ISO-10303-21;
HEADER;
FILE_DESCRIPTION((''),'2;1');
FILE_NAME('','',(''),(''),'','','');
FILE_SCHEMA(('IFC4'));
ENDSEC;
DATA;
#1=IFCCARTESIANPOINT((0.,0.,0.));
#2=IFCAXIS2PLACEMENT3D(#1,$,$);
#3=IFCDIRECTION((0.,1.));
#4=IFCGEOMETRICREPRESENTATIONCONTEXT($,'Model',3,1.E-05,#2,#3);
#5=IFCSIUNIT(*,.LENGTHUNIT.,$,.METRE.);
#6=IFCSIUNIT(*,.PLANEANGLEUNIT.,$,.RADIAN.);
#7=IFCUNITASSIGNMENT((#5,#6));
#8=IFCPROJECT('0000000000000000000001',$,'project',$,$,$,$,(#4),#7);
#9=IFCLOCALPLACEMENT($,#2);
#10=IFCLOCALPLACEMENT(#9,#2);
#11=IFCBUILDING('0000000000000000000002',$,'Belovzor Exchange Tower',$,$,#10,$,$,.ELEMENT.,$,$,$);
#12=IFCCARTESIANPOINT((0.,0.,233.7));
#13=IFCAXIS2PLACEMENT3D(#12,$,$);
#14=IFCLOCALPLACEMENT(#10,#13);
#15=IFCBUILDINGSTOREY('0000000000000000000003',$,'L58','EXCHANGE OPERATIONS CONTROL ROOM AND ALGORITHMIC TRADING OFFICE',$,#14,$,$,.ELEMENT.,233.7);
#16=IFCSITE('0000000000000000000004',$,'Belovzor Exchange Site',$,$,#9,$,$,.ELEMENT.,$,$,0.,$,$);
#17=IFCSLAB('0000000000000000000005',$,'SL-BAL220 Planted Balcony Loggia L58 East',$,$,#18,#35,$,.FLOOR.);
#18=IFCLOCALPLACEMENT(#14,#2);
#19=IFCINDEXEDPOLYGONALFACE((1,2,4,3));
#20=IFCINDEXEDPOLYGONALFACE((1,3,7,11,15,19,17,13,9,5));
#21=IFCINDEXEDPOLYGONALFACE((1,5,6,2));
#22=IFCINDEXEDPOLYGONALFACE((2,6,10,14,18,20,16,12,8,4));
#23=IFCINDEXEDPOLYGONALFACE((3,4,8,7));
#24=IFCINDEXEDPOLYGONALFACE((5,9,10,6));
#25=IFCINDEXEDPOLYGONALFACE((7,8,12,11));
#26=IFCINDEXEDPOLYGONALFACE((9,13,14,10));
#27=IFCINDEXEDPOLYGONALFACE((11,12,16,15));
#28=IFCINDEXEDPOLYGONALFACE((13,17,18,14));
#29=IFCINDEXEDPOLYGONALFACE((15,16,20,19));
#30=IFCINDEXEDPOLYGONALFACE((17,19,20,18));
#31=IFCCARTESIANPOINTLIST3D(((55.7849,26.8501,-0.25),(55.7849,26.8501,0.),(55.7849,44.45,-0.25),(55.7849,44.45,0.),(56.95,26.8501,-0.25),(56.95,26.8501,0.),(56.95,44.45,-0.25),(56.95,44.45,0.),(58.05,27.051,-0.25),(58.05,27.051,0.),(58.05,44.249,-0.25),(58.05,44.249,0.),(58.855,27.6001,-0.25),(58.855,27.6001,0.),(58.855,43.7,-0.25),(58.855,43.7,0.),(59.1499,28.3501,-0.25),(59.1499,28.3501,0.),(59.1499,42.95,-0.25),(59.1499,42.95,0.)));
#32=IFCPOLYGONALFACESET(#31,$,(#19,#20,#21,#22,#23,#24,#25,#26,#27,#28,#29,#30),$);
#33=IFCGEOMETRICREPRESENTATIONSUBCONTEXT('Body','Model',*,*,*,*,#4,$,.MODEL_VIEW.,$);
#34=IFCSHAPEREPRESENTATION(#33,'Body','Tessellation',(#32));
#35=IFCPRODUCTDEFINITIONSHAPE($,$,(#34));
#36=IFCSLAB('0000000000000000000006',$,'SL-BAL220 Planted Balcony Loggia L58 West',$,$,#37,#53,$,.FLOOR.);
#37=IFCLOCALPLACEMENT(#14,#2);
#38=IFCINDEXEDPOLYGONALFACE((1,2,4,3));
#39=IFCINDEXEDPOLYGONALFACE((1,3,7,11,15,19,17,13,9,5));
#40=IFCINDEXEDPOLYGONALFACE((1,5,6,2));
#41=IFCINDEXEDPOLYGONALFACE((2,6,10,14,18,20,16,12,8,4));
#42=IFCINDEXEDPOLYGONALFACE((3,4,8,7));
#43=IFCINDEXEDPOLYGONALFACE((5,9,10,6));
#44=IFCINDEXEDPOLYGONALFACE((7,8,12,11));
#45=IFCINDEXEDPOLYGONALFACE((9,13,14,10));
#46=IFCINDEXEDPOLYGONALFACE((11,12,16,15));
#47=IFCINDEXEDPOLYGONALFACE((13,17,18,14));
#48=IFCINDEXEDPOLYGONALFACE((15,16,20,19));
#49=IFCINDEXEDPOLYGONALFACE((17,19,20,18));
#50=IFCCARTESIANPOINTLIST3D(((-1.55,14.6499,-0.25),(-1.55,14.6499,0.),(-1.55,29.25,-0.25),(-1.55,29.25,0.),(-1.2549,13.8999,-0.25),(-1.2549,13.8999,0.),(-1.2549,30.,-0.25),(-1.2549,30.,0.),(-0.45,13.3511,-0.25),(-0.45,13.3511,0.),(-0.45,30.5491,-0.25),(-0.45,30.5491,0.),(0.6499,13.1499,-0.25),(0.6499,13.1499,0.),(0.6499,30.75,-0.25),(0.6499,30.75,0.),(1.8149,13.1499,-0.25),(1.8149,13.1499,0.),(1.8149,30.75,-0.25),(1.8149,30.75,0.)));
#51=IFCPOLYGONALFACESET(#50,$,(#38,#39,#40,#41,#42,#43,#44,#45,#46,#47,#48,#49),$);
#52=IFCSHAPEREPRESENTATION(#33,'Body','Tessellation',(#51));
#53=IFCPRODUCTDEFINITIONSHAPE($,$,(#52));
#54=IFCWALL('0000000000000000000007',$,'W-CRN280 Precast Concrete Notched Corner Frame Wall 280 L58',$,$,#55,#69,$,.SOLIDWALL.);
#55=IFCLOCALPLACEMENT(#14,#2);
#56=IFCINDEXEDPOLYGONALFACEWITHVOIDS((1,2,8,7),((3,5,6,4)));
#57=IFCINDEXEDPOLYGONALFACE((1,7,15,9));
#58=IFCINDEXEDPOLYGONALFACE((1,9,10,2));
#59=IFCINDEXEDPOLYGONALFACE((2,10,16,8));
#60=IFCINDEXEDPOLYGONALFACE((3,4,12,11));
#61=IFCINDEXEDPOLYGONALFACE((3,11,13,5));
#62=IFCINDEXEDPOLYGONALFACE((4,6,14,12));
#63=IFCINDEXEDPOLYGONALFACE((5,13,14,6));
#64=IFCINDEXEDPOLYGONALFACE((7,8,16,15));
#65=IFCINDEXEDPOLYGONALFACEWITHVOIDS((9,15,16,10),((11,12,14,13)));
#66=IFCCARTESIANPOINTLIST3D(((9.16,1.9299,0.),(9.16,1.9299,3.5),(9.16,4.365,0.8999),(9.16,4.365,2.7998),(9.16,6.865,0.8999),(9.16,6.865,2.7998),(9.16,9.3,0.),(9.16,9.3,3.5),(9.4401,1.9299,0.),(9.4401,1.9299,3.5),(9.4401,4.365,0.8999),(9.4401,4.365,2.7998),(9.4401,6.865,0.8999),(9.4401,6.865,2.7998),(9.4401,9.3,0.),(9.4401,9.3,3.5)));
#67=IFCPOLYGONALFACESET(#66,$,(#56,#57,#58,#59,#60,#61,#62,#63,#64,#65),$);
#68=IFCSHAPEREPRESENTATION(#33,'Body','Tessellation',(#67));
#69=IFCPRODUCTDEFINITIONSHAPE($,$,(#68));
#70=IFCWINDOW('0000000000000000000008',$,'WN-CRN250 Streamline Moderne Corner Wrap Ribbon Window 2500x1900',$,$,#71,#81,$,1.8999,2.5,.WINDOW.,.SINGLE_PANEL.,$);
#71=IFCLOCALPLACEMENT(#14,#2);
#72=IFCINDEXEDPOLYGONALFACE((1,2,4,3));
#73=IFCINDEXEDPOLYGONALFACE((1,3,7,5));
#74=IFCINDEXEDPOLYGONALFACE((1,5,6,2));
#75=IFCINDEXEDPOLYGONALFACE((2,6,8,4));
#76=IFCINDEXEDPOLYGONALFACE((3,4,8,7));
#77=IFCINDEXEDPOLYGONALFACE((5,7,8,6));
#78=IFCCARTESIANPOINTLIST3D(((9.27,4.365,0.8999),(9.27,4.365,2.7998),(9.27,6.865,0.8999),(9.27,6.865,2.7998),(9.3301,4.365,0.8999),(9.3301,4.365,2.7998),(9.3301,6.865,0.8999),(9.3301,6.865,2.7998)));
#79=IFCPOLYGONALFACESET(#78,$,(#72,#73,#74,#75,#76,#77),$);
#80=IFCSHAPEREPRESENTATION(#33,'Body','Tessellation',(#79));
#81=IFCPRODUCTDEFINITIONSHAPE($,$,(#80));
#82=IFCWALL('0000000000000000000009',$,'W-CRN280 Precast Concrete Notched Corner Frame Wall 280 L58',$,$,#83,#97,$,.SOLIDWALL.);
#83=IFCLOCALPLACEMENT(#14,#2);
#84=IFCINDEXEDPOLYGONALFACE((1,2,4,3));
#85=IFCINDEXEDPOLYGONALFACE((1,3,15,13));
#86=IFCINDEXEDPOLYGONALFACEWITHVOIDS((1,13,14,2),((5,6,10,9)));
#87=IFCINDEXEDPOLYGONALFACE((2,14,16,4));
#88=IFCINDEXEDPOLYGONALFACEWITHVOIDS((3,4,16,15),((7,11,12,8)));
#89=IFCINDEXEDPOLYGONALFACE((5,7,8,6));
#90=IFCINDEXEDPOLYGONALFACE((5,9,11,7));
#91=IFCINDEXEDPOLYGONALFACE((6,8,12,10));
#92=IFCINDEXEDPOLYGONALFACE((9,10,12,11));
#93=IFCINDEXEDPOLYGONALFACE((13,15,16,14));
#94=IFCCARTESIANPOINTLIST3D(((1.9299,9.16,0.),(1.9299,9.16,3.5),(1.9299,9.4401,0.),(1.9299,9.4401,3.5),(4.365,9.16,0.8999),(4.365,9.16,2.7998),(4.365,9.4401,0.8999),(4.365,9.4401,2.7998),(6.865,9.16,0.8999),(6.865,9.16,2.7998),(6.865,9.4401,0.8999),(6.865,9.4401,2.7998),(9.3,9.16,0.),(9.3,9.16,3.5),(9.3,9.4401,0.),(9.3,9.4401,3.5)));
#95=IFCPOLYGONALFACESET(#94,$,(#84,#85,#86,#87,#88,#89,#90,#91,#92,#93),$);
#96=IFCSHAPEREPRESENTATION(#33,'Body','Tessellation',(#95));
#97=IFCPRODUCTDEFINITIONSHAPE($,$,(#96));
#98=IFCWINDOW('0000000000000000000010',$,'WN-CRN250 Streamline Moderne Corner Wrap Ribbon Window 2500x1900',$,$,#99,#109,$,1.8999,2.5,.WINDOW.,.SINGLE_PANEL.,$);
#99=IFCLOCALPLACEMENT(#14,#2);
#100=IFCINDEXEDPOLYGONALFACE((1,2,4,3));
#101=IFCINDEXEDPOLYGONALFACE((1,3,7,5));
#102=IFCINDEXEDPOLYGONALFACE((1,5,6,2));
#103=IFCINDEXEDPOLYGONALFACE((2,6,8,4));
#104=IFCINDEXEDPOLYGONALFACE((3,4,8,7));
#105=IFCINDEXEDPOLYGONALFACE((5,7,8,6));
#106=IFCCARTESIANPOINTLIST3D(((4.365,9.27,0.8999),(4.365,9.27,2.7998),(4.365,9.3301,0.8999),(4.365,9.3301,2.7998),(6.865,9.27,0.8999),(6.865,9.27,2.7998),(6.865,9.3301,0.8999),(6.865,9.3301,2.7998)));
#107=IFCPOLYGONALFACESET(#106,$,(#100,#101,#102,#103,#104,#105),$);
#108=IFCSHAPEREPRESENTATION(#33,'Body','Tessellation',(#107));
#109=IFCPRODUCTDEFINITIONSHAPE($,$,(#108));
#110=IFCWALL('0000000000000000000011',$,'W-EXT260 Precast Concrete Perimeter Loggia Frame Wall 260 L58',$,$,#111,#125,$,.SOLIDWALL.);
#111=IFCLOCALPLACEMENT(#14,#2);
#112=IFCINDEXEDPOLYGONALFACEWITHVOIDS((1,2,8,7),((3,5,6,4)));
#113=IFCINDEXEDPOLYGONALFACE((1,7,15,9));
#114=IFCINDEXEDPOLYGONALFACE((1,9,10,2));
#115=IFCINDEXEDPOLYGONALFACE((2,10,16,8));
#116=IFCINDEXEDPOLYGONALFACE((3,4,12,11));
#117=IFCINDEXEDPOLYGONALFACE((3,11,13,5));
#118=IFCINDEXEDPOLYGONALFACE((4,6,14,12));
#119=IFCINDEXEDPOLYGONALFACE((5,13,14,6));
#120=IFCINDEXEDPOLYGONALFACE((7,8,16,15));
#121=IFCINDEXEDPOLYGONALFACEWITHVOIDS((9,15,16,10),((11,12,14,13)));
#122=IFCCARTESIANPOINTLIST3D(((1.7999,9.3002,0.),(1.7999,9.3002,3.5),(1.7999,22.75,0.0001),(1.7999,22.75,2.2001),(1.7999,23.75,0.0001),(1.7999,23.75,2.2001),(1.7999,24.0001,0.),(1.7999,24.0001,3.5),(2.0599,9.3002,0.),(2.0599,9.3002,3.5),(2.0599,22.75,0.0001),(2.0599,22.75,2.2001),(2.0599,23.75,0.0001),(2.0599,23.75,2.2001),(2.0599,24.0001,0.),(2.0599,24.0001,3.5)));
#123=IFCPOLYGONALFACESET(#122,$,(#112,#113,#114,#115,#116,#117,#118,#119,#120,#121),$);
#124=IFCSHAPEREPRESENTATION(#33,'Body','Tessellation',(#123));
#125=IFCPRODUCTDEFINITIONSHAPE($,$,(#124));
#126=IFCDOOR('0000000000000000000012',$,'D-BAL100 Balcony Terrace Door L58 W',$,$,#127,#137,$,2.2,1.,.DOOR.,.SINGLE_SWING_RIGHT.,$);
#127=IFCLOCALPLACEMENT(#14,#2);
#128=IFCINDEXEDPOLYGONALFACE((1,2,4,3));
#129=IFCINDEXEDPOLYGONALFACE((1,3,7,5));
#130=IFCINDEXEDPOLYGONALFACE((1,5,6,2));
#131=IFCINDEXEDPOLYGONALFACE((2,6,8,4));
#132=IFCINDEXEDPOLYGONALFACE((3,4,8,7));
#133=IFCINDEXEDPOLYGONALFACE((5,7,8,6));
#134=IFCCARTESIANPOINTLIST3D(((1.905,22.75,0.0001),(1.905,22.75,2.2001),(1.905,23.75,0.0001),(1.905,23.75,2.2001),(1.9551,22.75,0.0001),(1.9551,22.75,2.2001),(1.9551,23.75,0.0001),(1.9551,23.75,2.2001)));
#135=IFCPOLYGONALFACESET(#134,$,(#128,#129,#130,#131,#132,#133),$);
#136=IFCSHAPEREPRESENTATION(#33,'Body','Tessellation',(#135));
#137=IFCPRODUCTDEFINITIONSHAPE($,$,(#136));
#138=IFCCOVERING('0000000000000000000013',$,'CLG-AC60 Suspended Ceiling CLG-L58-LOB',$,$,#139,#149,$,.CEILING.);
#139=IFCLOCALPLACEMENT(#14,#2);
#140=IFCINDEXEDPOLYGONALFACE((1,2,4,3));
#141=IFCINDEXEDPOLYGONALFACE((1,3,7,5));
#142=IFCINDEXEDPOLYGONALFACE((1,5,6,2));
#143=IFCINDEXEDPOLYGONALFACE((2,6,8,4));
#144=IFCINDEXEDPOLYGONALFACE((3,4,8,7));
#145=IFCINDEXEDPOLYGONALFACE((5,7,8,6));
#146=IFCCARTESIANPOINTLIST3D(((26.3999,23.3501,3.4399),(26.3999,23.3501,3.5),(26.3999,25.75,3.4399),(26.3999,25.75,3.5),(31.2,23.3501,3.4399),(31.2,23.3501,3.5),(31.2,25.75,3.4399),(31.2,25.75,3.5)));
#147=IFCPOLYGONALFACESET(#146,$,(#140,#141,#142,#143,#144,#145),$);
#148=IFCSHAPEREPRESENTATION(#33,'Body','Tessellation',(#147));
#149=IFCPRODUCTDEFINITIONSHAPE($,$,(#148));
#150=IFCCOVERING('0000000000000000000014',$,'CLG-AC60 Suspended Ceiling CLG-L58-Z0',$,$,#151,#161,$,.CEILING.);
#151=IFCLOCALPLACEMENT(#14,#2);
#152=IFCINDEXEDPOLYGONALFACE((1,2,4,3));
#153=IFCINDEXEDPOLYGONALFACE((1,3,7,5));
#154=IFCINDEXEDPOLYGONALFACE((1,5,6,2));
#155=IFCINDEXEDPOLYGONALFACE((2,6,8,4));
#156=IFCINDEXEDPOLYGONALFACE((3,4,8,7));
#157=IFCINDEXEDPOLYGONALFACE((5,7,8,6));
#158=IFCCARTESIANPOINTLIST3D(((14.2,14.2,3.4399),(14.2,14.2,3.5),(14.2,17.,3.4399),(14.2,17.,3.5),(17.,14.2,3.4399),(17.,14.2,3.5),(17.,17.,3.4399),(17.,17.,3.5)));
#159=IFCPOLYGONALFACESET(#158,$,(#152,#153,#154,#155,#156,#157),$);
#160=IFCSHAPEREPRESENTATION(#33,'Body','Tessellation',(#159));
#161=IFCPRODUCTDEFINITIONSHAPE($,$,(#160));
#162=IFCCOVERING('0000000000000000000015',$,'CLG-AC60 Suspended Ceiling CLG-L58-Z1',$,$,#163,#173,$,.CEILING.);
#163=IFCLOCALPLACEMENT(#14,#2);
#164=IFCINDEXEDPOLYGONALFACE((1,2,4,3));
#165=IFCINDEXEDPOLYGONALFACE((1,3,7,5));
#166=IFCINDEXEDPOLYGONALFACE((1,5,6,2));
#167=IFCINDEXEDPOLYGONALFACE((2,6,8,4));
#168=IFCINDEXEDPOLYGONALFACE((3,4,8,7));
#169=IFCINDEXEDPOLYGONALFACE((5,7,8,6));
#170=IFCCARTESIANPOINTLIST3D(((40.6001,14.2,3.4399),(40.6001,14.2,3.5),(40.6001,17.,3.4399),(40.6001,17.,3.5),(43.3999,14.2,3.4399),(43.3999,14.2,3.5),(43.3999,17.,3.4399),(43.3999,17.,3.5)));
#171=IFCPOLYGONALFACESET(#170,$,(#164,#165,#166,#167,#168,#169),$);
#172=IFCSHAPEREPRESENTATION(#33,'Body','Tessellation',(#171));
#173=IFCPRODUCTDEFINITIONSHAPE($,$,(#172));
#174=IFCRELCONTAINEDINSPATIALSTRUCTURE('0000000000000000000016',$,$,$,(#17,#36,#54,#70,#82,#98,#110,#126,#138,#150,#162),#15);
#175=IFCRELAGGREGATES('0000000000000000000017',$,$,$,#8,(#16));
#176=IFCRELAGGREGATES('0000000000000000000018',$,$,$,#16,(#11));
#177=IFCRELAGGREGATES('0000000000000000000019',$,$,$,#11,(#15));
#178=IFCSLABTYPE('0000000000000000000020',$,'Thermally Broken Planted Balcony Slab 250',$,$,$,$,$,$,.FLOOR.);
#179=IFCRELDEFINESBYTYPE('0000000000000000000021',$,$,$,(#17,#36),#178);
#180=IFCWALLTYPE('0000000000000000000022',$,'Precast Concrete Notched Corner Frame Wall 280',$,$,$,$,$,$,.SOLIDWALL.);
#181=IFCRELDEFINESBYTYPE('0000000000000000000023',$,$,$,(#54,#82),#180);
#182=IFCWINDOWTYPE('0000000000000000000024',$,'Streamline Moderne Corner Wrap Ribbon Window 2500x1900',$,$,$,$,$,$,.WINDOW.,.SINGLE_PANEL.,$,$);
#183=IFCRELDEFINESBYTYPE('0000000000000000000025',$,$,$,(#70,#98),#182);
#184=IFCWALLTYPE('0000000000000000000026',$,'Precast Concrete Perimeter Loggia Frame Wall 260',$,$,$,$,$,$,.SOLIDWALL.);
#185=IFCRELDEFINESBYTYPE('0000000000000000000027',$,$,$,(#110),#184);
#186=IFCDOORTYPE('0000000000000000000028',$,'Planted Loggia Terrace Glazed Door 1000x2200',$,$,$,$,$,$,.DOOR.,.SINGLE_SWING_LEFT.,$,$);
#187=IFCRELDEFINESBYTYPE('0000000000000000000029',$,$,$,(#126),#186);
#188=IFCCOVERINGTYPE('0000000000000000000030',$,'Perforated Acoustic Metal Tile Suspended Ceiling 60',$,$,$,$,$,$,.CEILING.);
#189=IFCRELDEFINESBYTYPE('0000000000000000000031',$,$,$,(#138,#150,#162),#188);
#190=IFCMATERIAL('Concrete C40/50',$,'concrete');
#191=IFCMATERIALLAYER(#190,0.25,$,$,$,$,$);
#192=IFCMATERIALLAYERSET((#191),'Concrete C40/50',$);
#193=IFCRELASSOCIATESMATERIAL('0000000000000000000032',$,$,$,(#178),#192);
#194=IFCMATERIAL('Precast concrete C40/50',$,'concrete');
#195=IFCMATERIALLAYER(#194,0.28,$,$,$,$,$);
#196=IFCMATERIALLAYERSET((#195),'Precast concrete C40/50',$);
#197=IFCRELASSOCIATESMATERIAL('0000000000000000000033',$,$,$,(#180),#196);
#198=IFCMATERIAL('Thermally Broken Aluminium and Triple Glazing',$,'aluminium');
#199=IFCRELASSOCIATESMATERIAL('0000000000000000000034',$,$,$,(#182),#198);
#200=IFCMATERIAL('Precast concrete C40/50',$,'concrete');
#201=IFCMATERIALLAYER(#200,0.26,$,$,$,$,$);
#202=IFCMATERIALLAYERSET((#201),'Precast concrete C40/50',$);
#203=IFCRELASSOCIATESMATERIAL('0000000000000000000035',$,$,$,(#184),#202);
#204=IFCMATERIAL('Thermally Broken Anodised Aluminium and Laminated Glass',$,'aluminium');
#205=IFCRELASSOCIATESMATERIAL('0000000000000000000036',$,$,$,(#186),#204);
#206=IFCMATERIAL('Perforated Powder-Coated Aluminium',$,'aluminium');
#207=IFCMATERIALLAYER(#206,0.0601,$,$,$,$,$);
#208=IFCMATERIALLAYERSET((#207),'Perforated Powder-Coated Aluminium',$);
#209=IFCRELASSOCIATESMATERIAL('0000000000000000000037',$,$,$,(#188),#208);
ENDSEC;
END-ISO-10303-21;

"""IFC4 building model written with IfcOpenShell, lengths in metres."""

from ifc_helpers import new_model, si_unit, direction, frame, frame_2d, origin, place, context, subcontext, project, spatial, polyline, rectangle, outline, extrude, material, layer, layer_set, type_object, element, fill, save


model = new_model("IFC4")

# Units and contexts
model_context = context("Model", 3, precision=1e-05, world=origin(), true_north=direction((0.0, 1.0)))
body_context = subcontext(model_context, "Body", "Model", "MODEL_VIEW")
ifc_project = project(units=[si_unit("LENGTHUNIT", "METRE"), si_unit("PLANEANGLEUNIT", "RADIAN")], contexts=[model_context])

# Site, building, storey
site_placement = place(None, origin())
site = spatial("IfcSite", under=ifc_project, at=site_placement, Name="Belovzor Exchange Site", CompositionType="ELEMENT", RefElevation=0.0)
building_placement = place(site_placement, origin())
building = spatial("IfcBuilding", under=site, at=building_placement, Name="Belovzor Exchange Tower", CompositionType="ELEMENT")
storey_placement = place(building_placement, frame((0.0, 0.0, 233.7)))
storey = spatial("IfcBuildingStorey", under=building, at=storey_placement, Name="L58", Description="EXCHANGE OPERATIONS CONTROL ROOM AND ALGORITHMIC TRADING OFFICE", CompositionType="ELEMENT", Elevation=233.7)

# Slabs
ifc_material_1 = material(Name="Concrete C40/50", Category="concrete")
ifc_layer_1 = layer(ifc_material_1, 0.25)
ifc_layer_set_1 = layer_set([ifc_layer_1], Name="Concrete C40/50")
slab_type_1 = type_object("IfcSlabType", Name="Thermally Broken Planted Balcony Slab 250", PredefinedType="FLOOR", material=ifc_layer_set_1)
slab_1_placement = place(storey_placement, frame((0.0, 0.0, -0.25)))
element("IfcSlab", 1, at=slab_1_placement, inside=storey, type_object=slab_type_1, Name="SL-BAL220 Planted Balcony Loggia L58 East", PredefinedType="FLOOR", context=body_context, shape_type="SweptSolid", body=[
    extrude(outline(polyline([(55.7849, 26.8501), (56.95, 26.8501), (58.05, 27.051), (58.855, 27.6001), (59.1499, 28.3501), (59.1499, 42.95), (58.855, 43.7), (58.05, 44.249), (56.95, 44.45), (55.7849, 44.45), (55.7849, 26.8501)])), origin(), (0.0, 0.0, 1.0), 0.25),
])
slab_2_placement = place(storey_placement, frame((0.0, 0.0, -0.25)))
element("IfcSlab", 2, at=slab_2_placement, inside=storey, type_object=slab_type_1, Name="SL-BAL220 Planted Balcony Loggia L58 West", PredefinedType="FLOOR", context=body_context, shape_type="SweptSolid", body=[
    extrude(outline(polyline([(1.8149, 30.75), (0.6499, 30.75), (-0.45, 30.5491), (-1.2549, 30.0), (-1.55, 29.25), (-1.55, 14.6499), (-1.2549, 13.8999), (-0.45, 13.3511), (0.6499, 13.1499), (1.8149, 13.1499), (1.8149, 30.75)])), origin(), (0.0, 0.0, 1.0), 0.25),
])

# Walls, openings, windows
ifc_material_2 = material(Name="Precast concrete C40/50", Category="concrete")
ifc_layer_2 = layer(ifc_material_2, 0.28)
ifc_layer_set_2 = layer_set([ifc_layer_2], Name="Precast concrete C40/50")
wall_type_1 = type_object("IfcWallType", Name="Precast Concrete Notched Corner Frame Wall 280", PredefinedType="SOLIDWALL", material=ifc_layer_set_2)
wall_1_placement = place(storey_placement, frame((9.3, 1.9299, 0.0), z_axis=(0.0, 0.0, 1.0), x_axis=(0.0, 1.0, 0.0)))
wall_1 = element("IfcWall", 3, at=wall_1_placement, inside=storey, type_object=wall_type_1, Name="W-CRN280 Precast Concrete Notched Corner Frame Wall 280 L58", PredefinedType="SOLIDWALL", context=body_context, shape_type="SweptSolid", body=[
    extrude(rectangle(XDim=7.3701, YDim=0.28, at=frame_2d((3.6851, 0.0))), origin(), (0.0, 0.0, 1.0), 3.5),
])
opening_1_placement = place(wall_1_placement, frame((2.4351, 0.0, 0.8999)))
opening_1 = element("IfcOpeningElement", 4, at=opening_1_placement, cuts=wall_1, PredefinedType="OPENING", context=body_context, shape_type="SweptSolid", body=[
    extrude(rectangle(XDim=2.5, YDim=1.8999, at=frame_2d((1.25, 0.95))), frame((0.0, 0.1499, 0.0), z_axis=(0.0, -1.0, 0.0), x_axis=(1.0, 0.0, 0.0)), (0.0, 0.0, 1.0), 0.3),
])
ifc_material_3 = material(Name="Thermally Broken Aluminium and Triple Glazing", Category="aluminium")
window_type = type_object("IfcWindowType", Name="Streamline Moderne Corner Wrap Ribbon Window 2500x1900", PartitioningType="SINGLE_PANEL", PredefinedType="WINDOW", material=ifc_material_3)
window_1_placement = place(opening_1_placement, origin())
window_1 = element("IfcWindow", 5, at=window_1_placement, inside=storey, type_object=window_type, Name="WN-CRN250 Streamline Moderne Corner Wrap Ribbon Window 2500x1900", OverallHeight=1.8999, OverallWidth=2.5, PartitioningType="SINGLE_PANEL", PredefinedType="WINDOW", context=body_context, shape_type="SweptSolid", body=[
    extrude(rectangle(XDim=2.5, YDim=1.8999, at=frame_2d((1.25, 0.95))), frame((0.0, 0.03, 0.0), z_axis=(0.0, -1.0, 0.0), x_axis=(1.0, 0.0, 0.0)), (0.0, 0.0, 1.0), 0.0601),
])
fill(opening_1, window_1)
wall_2_placement = place(storey_placement, frame((9.3, 9.3, 0.0), z_axis=(0.0, 0.0, 1.0), x_axis=(-1.0, 0.0, 0.0)))
wall_2 = element("IfcWall", 6, at=wall_2_placement, inside=storey, type_object=wall_type_1, Name="W-CRN280 Precast Concrete Notched Corner Frame Wall 280 L58", PredefinedType="SOLIDWALL", context=body_context, shape_type="SweptSolid", body=[
    extrude(rectangle(XDim=7.3701, YDim=0.28, at=frame_2d((3.6851, 0.0))), origin(), (0.0, 0.0, 1.0), 3.5),
])
opening_2_placement = place(wall_2_placement, frame((2.4351, 0.0, 0.8999)))
opening_2 = element("IfcOpeningElement", 7, at=opening_2_placement, cuts=wall_2, PredefinedType="OPENING", context=body_context, shape_type="SweptSolid", body=[
    extrude(rectangle(XDim=2.5, YDim=1.8999, at=frame_2d((1.25, 0.95))), frame((0.0, 0.1499, 0.0), z_axis=(0.0, -1.0, 0.0), x_axis=(1.0, 0.0, 0.0)), (0.0, 0.0, 1.0), 0.3),
])
window_2_placement = place(opening_2_placement, origin())
window_2 = element("IfcWindow", 8, at=window_2_placement, inside=storey, type_object=window_type, Name="WN-CRN250 Streamline Moderne Corner Wrap Ribbon Window 2500x1900", OverallHeight=1.8999, OverallWidth=2.5, PartitioningType="SINGLE_PANEL", PredefinedType="WINDOW", context=body_context, shape_type="SweptSolid", body=[
    extrude(rectangle(XDim=2.5, YDim=1.8999, at=frame_2d((1.25, 0.95))), frame((0.0, 0.03, 0.0), z_axis=(0.0, -1.0, 0.0), x_axis=(1.0, 0.0, 0.0)), (0.0, 0.0, 1.0), 0.0601),
])
fill(opening_2, window_2)

# Wall, opening, door
ifc_material_4 = material(Name="Precast concrete C40/50", Category="concrete")
ifc_layer_3 = layer(ifc_material_4, 0.26)
ifc_layer_set_3 = layer_set([ifc_layer_3], Name="Precast concrete C40/50")
wall_type_2 = type_object("IfcWallType", Name="Precast Concrete Perimeter Loggia Frame Wall 260", PredefinedType="SOLIDWALL", material=ifc_layer_set_3)
wall_3_placement = place(storey_placement, frame((1.9299, 9.3, 0.0), z_axis=(0.0, 0.0, 1.0), x_axis=(0.0, 1.0, 0.0)))
wall_3 = element("IfcWall", 9, at=wall_3_placement, inside=storey, type_object=wall_type_2, Name="W-EXT260 Precast Concrete Perimeter Loggia Frame Wall 260 L58", PredefinedType="SOLIDWALL", context=body_context, shape_type="SweptSolid", body=[
    extrude(rectangle(XDim=14.7, YDim=0.26, at=frame_2d((7.3501, 0.0))), origin(), (0.0, 0.0, 1.0), 3.5),
])
opening_3_placement = place(wall_3_placement, frame((13.45, 0.0, 0.0)))
opening_3 = element("IfcOpeningElement", 10, at=opening_3_placement, cuts=wall_3, PredefinedType="OPENING", context=body_context, shape_type="SweptSolid", body=[
    extrude(rectangle(XDim=1.0, YDim=2.2, at=frame_2d((0.5, 1.1001))), frame((0.0, 0.1399, 0.0), z_axis=(0.0, -1.0, 0.0), x_axis=(1.0, 0.0, 0.0)), (0.0, 0.0, 1.0), 0.28),
])
ifc_material_5 = material(Name="Thermally Broken Anodised Aluminium and Laminated Glass", Category="aluminium")
door_type = type_object("IfcDoorType", Name="Planted Loggia Terrace Glazed Door 1000x2200", OperationType="SINGLE_SWING_LEFT", PredefinedType="DOOR", material=ifc_material_5)
door_placement = place(opening_3_placement, origin())
door = element("IfcDoor", 11, at=door_placement, inside=storey, type_object=door_type, Name="D-BAL100 Balcony Terrace Door L58 W", OperationType="SINGLE_SWING_RIGHT", OverallHeight=2.2, OverallWidth=1.0, PredefinedType="DOOR", context=body_context, shape_type="SweptSolid", body=[
    extrude(rectangle(XDim=1.0, YDim=2.2, at=frame_2d((0.5, 1.1001))), frame((0.0, 0.0249, 0.0), z_axis=(0.0, -1.0, 0.0), x_axis=(1.0, 0.0, 0.0)), (0.0, 0.0, 1.0), 0.05),
])
fill(opening_3, door)

# Coverings
ifc_material_6 = material(Name="Perforated Powder-Coated Aluminium", Category="aluminium")
ifc_layer_4 = layer(ifc_material_6, 0.0601)
ifc_layer_set_4 = layer_set([ifc_layer_4], Name="Perforated Powder-Coated Aluminium")
covering_type_1 = type_object("IfcCoveringType", Name="Perforated Acoustic Metal Tile Suspended Ceiling 60", PredefinedType="CEILING", material=ifc_layer_set_4)
covering_1_placement = place(storey_placement, frame((0.0, 0.0, 3.4399)))
element("IfcCovering", 12, at=covering_1_placement, inside=storey, type_object=covering_type_1, Name="CLG-AC60 Suspended Ceiling CLG-L58-LOB", PredefinedType="CEILING", context=body_context, shape_type="SweptSolid", body=[
    extrude(outline(polyline([(26.3999, 23.3501), (31.2, 23.3501), (31.2, 25.75), (26.3999, 25.75), (26.3999, 23.3501)])), origin(), (0.0, 0.0, 1.0), 0.0601),
])
covering_2_placement = place(storey_placement, frame((0.0, 0.0, 3.4399)))
element("IfcCovering", 13, at=covering_2_placement, inside=storey, type_object=covering_type_1, Name="CLG-AC60 Suspended Ceiling CLG-L58-Z0", PredefinedType="CEILING", context=body_context, shape_type="SweptSolid", body=[
    extrude(outline(polyline([(14.2, 14.2), (17.0, 14.2), (17.0, 17.0), (14.2, 17.0), (14.2, 14.2)])), origin(), (0.0, 0.0, 1.0), 0.0601),
])
covering_3_placement = place(storey_placement, frame((0.0, 0.0, 3.4399)))
element("IfcCovering", 14, at=covering_3_placement, inside=storey, type_object=covering_type_1, Name="CLG-AC60 Suspended Ceiling CLG-L58-Z1", PredefinedType="CEILING", context=body_context, shape_type="SweptSolid", body=[
    extrude(outline(polyline([(40.6001, 14.2), (43.3999, 14.2), (43.3999, 17.0), (40.6001, 17.0), (40.6001, 14.2)])), origin(), (0.0, 0.0, 1.0), 0.0601),
])

save(model, "model.ifc")
